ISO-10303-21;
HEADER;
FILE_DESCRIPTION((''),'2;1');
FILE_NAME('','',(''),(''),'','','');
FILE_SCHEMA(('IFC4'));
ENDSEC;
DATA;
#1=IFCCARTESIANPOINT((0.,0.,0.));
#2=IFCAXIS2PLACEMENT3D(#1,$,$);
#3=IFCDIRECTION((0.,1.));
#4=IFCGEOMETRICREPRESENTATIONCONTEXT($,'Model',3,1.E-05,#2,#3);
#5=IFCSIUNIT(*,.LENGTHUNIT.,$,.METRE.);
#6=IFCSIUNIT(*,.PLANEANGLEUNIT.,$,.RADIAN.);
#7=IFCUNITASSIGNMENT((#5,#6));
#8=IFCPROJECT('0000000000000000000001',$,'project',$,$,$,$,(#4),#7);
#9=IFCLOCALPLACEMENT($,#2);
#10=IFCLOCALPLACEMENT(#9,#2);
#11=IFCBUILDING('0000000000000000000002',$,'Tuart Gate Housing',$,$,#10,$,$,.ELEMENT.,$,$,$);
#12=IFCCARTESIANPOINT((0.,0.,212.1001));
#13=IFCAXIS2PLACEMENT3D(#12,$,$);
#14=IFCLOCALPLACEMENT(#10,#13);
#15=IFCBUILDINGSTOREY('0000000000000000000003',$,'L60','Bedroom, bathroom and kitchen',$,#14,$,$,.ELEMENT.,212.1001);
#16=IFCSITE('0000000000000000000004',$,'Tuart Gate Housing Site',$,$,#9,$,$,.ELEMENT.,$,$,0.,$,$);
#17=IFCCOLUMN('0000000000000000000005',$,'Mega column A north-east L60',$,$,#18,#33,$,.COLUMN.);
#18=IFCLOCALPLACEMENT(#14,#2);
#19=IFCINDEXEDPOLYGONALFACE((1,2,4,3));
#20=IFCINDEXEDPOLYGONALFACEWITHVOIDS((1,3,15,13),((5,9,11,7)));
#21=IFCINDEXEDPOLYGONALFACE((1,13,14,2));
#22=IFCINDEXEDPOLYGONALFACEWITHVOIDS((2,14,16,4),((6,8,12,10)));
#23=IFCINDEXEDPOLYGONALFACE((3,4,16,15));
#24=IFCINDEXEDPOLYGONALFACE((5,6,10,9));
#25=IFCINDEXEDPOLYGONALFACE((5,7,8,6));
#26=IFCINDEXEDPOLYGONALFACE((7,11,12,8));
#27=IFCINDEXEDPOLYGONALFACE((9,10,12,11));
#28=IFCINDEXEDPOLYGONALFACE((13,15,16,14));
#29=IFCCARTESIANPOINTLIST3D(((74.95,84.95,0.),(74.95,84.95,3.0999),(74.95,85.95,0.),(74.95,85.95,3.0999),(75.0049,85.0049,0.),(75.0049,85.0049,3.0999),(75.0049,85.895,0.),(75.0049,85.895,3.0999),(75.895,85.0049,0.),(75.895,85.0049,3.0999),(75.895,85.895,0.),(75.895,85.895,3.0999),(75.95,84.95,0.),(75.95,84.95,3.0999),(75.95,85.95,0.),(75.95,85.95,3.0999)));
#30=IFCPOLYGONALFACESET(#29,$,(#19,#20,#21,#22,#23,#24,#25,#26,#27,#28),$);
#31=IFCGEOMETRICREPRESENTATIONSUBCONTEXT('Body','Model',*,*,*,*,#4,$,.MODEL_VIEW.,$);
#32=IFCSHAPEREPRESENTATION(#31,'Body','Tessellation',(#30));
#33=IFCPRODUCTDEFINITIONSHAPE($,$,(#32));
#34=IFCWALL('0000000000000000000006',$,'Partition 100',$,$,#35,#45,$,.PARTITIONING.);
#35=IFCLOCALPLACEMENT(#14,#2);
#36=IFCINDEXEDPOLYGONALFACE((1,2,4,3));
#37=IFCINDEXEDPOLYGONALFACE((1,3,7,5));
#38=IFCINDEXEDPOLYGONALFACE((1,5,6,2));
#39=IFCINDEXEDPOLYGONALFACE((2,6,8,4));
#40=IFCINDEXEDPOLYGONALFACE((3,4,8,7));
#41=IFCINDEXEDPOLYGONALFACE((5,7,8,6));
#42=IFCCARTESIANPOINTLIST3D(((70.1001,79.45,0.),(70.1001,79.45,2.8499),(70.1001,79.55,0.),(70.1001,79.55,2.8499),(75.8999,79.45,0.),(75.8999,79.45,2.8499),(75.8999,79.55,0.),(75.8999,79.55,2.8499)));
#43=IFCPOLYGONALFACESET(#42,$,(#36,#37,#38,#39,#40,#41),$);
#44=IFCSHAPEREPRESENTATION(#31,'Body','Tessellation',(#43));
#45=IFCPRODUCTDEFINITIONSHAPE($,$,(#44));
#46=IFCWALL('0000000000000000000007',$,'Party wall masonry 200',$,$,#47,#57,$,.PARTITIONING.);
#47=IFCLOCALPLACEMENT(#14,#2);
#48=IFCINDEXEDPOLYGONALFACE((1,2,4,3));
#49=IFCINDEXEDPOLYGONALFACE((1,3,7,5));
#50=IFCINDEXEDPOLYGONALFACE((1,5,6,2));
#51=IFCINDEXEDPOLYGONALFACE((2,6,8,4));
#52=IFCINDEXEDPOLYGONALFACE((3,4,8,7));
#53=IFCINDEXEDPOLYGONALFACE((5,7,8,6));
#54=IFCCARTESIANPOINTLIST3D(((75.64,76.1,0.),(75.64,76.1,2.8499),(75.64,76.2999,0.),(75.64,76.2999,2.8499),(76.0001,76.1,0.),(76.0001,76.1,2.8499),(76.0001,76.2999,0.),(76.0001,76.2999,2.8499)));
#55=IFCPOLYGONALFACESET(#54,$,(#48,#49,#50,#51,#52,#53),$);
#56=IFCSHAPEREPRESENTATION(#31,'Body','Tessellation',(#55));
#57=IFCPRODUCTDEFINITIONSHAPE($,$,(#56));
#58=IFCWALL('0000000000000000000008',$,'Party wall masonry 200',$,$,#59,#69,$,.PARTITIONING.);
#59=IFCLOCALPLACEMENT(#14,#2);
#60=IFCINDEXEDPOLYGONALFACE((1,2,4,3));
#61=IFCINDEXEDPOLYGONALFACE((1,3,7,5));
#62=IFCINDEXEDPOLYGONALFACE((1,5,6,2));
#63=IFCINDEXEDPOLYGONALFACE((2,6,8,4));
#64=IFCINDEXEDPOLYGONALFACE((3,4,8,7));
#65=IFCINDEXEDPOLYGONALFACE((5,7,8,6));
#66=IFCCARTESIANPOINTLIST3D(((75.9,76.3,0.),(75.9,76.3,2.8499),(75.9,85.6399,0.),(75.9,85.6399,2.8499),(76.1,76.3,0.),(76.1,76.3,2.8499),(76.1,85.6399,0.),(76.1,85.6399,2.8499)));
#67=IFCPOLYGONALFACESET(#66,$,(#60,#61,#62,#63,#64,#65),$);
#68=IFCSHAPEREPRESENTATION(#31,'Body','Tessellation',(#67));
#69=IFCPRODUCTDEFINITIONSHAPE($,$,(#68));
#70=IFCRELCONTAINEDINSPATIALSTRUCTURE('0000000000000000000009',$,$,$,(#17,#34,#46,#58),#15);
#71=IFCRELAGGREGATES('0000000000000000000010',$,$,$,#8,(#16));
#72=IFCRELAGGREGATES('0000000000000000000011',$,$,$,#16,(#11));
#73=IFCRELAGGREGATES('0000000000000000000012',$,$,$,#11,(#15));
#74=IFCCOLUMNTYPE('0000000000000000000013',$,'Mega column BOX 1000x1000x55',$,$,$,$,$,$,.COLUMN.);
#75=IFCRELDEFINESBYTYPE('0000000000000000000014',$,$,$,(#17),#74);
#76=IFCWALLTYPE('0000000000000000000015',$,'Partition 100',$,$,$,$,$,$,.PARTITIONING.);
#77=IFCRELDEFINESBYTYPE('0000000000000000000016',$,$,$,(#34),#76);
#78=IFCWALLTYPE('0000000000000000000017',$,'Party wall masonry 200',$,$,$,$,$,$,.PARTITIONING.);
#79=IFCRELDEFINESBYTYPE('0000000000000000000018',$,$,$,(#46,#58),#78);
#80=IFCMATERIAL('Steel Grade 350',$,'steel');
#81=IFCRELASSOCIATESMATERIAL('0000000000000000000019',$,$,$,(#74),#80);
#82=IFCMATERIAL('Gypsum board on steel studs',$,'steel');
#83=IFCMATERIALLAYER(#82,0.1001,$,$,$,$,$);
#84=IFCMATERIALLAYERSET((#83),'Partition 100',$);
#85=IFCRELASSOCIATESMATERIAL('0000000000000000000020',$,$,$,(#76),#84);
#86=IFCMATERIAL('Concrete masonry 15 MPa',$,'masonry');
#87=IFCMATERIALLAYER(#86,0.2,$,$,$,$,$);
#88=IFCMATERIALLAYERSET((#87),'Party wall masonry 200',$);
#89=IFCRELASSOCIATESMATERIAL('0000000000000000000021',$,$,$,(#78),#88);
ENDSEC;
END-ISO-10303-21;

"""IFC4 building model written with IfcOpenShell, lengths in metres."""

from ifc_helpers import new_model, si_unit, direction, frame, frame_2d, origin, origin_2d, place, context, subcontext, project, spatial, rectangle, hollow_rectangle, extrude, material, layer, layer_set, material_profile, profile_set, type_object, element, save


model = new_model("IFC4")

# Units and contexts
model_context = context("Model", 3, precision=1e-05, world=origin(), true_north=direction((0.0, 1.0)))
body_context = subcontext(model_context, "Body", "Model", "MODEL_VIEW")
ifc_project = project(units=[si_unit("LENGTHUNIT", "METRE"), si_unit("PLANEANGLEUNIT", "RADIAN")], contexts=[model_context])

# Site, building, storey
site_placement = place(None, origin())
site = spatial("IfcSite", under=ifc_project, at=site_placement, Name="Tuart Gate Housing Site", CompositionType="ELEMENT", RefElevation=0.0)
building_placement = place(site_placement, origin())
building = spatial("IfcBuilding", under=site, at=building_placement, Name="Tuart Gate Housing", CompositionType="ELEMENT")
storey_placement = place(building_placement, frame((0.0, 0.0, 212.1001)))
storey = spatial("IfcBuildingStorey", under=building, at=storey_placement, Name="L60", Description="Bedroom, bathroom and kitchen", CompositionType="ELEMENT", Elevation=212.1001)

# Column
ifc_material_1 = material(Name="Steel Grade 350", Category="steel")
ifc_material_profile = material_profile(ifc_material_1, hollow_rectangle(XDim=1.0, YDim=1.0, WallThickness=0.0549, at=origin_2d()), Name="BOX 1000x1000x55")
ifc_profile_set = profile_set([ifc_material_profile], Name="Steel Grade 350")
column_type = type_object("IfcColumnType", Name="Mega column BOX 1000x1000x55", PredefinedType="COLUMN", material=ifc_profile_set)
column_placement = place(storey_placement, frame((75.45, 85.45, 0.0), z_axis=(0.0, 0.0, 1.0), x_axis=(1.0, 0.0, 0.0)))
element("IfcColumn", 1, at=column_placement, inside=storey, type_object=column_type, Name="Mega column A north-east L60", PredefinedType="COLUMN", context=body_context, shape_type="SweptSolid", body=[
    extrude(hollow_rectangle(XDim=1.0, YDim=1.0, WallThickness=0.0549, at=origin_2d()), origin(), (0.0, 0.0, 1.0), 3.0999),
])

# Walls
ifc_material_2 = material(Name="Gypsum board on steel studs", Category="steel")
ifc_layer_1 = layer(ifc_material_2, 0.1001)
ifc_layer_set_1 = layer_set([ifc_layer_1], Name="Partition 100")
wall_type_1 = type_object("IfcWallType", Name="Partition 100", PredefinedType="PARTITIONING", material=ifc_layer_set_1)
wall_1_placement = place(storey_placement, frame((70.1001, 79.5, 0.0), z_axis=(0.0, 0.0, 1.0), x_axis=(1.0, 0.0, 0.0)))
element("IfcWall", 2, at=wall_1_placement, inside=storey, type_object=wall_type_1, Name="Partition 100", PredefinedType="PARTITIONING", context=body_context, shape_type="SweptSolid", body=[
    extrude(rectangle(XDim=5.7998, YDim=0.1001, at=frame_2d((2.8999, 0.0))), origin(), (0.0, 0.0, 1.0), 2.8499),
])
ifc_material_3 = material(Name="Concrete masonry 15 MPa", Category="masonry")
ifc_layer_2 = layer(ifc_material_3, 0.2)
ifc_layer_set_2 = layer_set([ifc_layer_2], Name="Party wall masonry 200")
wall_type_2 = type_object("IfcWallType", Name="Party wall masonry 200", PredefinedType="PARTITIONING", material=ifc_layer_set_2)
wall_2_placement = place(storey_placement, frame((75.6399, 76.2, 0.0), z_axis=(0.0, 0.0, 1.0), x_axis=(1.0, 0.0, 0.0)))
element("IfcWall", 3, at=wall_2_placement, inside=storey, type_object=wall_type_2, Name="Party wall masonry 200", PredefinedType="PARTITIONING", context=body_context, shape_type="SweptSolid", body=[
    extrude(rectangle(XDim=0.3601, YDim=0.2, at=frame_2d((0.1802, 0.0))), origin(), (0.0, 0.0, 1.0), 2.8499),
])
wall_3_placement = place(storey_placement, frame((76.0, 76.3, 0.0), z_axis=(0.0, 0.0, 1.0), x_axis=(0.0, 1.0, 0.0)))
element("IfcWall", 4, at=wall_3_placement, inside=storey, type_object=wall_type_2, Name="Party wall masonry 200", PredefinedType="PARTITIONING", context=body_context, shape_type="SweptSolid", body=[
    extrude(rectangle(XDim=9.3398, YDim=0.2, at=frame_2d((4.6699, 0.0))), origin(), (0.0, 0.0, 1.0), 2.8499),
])

save(model, "model.ifc")
